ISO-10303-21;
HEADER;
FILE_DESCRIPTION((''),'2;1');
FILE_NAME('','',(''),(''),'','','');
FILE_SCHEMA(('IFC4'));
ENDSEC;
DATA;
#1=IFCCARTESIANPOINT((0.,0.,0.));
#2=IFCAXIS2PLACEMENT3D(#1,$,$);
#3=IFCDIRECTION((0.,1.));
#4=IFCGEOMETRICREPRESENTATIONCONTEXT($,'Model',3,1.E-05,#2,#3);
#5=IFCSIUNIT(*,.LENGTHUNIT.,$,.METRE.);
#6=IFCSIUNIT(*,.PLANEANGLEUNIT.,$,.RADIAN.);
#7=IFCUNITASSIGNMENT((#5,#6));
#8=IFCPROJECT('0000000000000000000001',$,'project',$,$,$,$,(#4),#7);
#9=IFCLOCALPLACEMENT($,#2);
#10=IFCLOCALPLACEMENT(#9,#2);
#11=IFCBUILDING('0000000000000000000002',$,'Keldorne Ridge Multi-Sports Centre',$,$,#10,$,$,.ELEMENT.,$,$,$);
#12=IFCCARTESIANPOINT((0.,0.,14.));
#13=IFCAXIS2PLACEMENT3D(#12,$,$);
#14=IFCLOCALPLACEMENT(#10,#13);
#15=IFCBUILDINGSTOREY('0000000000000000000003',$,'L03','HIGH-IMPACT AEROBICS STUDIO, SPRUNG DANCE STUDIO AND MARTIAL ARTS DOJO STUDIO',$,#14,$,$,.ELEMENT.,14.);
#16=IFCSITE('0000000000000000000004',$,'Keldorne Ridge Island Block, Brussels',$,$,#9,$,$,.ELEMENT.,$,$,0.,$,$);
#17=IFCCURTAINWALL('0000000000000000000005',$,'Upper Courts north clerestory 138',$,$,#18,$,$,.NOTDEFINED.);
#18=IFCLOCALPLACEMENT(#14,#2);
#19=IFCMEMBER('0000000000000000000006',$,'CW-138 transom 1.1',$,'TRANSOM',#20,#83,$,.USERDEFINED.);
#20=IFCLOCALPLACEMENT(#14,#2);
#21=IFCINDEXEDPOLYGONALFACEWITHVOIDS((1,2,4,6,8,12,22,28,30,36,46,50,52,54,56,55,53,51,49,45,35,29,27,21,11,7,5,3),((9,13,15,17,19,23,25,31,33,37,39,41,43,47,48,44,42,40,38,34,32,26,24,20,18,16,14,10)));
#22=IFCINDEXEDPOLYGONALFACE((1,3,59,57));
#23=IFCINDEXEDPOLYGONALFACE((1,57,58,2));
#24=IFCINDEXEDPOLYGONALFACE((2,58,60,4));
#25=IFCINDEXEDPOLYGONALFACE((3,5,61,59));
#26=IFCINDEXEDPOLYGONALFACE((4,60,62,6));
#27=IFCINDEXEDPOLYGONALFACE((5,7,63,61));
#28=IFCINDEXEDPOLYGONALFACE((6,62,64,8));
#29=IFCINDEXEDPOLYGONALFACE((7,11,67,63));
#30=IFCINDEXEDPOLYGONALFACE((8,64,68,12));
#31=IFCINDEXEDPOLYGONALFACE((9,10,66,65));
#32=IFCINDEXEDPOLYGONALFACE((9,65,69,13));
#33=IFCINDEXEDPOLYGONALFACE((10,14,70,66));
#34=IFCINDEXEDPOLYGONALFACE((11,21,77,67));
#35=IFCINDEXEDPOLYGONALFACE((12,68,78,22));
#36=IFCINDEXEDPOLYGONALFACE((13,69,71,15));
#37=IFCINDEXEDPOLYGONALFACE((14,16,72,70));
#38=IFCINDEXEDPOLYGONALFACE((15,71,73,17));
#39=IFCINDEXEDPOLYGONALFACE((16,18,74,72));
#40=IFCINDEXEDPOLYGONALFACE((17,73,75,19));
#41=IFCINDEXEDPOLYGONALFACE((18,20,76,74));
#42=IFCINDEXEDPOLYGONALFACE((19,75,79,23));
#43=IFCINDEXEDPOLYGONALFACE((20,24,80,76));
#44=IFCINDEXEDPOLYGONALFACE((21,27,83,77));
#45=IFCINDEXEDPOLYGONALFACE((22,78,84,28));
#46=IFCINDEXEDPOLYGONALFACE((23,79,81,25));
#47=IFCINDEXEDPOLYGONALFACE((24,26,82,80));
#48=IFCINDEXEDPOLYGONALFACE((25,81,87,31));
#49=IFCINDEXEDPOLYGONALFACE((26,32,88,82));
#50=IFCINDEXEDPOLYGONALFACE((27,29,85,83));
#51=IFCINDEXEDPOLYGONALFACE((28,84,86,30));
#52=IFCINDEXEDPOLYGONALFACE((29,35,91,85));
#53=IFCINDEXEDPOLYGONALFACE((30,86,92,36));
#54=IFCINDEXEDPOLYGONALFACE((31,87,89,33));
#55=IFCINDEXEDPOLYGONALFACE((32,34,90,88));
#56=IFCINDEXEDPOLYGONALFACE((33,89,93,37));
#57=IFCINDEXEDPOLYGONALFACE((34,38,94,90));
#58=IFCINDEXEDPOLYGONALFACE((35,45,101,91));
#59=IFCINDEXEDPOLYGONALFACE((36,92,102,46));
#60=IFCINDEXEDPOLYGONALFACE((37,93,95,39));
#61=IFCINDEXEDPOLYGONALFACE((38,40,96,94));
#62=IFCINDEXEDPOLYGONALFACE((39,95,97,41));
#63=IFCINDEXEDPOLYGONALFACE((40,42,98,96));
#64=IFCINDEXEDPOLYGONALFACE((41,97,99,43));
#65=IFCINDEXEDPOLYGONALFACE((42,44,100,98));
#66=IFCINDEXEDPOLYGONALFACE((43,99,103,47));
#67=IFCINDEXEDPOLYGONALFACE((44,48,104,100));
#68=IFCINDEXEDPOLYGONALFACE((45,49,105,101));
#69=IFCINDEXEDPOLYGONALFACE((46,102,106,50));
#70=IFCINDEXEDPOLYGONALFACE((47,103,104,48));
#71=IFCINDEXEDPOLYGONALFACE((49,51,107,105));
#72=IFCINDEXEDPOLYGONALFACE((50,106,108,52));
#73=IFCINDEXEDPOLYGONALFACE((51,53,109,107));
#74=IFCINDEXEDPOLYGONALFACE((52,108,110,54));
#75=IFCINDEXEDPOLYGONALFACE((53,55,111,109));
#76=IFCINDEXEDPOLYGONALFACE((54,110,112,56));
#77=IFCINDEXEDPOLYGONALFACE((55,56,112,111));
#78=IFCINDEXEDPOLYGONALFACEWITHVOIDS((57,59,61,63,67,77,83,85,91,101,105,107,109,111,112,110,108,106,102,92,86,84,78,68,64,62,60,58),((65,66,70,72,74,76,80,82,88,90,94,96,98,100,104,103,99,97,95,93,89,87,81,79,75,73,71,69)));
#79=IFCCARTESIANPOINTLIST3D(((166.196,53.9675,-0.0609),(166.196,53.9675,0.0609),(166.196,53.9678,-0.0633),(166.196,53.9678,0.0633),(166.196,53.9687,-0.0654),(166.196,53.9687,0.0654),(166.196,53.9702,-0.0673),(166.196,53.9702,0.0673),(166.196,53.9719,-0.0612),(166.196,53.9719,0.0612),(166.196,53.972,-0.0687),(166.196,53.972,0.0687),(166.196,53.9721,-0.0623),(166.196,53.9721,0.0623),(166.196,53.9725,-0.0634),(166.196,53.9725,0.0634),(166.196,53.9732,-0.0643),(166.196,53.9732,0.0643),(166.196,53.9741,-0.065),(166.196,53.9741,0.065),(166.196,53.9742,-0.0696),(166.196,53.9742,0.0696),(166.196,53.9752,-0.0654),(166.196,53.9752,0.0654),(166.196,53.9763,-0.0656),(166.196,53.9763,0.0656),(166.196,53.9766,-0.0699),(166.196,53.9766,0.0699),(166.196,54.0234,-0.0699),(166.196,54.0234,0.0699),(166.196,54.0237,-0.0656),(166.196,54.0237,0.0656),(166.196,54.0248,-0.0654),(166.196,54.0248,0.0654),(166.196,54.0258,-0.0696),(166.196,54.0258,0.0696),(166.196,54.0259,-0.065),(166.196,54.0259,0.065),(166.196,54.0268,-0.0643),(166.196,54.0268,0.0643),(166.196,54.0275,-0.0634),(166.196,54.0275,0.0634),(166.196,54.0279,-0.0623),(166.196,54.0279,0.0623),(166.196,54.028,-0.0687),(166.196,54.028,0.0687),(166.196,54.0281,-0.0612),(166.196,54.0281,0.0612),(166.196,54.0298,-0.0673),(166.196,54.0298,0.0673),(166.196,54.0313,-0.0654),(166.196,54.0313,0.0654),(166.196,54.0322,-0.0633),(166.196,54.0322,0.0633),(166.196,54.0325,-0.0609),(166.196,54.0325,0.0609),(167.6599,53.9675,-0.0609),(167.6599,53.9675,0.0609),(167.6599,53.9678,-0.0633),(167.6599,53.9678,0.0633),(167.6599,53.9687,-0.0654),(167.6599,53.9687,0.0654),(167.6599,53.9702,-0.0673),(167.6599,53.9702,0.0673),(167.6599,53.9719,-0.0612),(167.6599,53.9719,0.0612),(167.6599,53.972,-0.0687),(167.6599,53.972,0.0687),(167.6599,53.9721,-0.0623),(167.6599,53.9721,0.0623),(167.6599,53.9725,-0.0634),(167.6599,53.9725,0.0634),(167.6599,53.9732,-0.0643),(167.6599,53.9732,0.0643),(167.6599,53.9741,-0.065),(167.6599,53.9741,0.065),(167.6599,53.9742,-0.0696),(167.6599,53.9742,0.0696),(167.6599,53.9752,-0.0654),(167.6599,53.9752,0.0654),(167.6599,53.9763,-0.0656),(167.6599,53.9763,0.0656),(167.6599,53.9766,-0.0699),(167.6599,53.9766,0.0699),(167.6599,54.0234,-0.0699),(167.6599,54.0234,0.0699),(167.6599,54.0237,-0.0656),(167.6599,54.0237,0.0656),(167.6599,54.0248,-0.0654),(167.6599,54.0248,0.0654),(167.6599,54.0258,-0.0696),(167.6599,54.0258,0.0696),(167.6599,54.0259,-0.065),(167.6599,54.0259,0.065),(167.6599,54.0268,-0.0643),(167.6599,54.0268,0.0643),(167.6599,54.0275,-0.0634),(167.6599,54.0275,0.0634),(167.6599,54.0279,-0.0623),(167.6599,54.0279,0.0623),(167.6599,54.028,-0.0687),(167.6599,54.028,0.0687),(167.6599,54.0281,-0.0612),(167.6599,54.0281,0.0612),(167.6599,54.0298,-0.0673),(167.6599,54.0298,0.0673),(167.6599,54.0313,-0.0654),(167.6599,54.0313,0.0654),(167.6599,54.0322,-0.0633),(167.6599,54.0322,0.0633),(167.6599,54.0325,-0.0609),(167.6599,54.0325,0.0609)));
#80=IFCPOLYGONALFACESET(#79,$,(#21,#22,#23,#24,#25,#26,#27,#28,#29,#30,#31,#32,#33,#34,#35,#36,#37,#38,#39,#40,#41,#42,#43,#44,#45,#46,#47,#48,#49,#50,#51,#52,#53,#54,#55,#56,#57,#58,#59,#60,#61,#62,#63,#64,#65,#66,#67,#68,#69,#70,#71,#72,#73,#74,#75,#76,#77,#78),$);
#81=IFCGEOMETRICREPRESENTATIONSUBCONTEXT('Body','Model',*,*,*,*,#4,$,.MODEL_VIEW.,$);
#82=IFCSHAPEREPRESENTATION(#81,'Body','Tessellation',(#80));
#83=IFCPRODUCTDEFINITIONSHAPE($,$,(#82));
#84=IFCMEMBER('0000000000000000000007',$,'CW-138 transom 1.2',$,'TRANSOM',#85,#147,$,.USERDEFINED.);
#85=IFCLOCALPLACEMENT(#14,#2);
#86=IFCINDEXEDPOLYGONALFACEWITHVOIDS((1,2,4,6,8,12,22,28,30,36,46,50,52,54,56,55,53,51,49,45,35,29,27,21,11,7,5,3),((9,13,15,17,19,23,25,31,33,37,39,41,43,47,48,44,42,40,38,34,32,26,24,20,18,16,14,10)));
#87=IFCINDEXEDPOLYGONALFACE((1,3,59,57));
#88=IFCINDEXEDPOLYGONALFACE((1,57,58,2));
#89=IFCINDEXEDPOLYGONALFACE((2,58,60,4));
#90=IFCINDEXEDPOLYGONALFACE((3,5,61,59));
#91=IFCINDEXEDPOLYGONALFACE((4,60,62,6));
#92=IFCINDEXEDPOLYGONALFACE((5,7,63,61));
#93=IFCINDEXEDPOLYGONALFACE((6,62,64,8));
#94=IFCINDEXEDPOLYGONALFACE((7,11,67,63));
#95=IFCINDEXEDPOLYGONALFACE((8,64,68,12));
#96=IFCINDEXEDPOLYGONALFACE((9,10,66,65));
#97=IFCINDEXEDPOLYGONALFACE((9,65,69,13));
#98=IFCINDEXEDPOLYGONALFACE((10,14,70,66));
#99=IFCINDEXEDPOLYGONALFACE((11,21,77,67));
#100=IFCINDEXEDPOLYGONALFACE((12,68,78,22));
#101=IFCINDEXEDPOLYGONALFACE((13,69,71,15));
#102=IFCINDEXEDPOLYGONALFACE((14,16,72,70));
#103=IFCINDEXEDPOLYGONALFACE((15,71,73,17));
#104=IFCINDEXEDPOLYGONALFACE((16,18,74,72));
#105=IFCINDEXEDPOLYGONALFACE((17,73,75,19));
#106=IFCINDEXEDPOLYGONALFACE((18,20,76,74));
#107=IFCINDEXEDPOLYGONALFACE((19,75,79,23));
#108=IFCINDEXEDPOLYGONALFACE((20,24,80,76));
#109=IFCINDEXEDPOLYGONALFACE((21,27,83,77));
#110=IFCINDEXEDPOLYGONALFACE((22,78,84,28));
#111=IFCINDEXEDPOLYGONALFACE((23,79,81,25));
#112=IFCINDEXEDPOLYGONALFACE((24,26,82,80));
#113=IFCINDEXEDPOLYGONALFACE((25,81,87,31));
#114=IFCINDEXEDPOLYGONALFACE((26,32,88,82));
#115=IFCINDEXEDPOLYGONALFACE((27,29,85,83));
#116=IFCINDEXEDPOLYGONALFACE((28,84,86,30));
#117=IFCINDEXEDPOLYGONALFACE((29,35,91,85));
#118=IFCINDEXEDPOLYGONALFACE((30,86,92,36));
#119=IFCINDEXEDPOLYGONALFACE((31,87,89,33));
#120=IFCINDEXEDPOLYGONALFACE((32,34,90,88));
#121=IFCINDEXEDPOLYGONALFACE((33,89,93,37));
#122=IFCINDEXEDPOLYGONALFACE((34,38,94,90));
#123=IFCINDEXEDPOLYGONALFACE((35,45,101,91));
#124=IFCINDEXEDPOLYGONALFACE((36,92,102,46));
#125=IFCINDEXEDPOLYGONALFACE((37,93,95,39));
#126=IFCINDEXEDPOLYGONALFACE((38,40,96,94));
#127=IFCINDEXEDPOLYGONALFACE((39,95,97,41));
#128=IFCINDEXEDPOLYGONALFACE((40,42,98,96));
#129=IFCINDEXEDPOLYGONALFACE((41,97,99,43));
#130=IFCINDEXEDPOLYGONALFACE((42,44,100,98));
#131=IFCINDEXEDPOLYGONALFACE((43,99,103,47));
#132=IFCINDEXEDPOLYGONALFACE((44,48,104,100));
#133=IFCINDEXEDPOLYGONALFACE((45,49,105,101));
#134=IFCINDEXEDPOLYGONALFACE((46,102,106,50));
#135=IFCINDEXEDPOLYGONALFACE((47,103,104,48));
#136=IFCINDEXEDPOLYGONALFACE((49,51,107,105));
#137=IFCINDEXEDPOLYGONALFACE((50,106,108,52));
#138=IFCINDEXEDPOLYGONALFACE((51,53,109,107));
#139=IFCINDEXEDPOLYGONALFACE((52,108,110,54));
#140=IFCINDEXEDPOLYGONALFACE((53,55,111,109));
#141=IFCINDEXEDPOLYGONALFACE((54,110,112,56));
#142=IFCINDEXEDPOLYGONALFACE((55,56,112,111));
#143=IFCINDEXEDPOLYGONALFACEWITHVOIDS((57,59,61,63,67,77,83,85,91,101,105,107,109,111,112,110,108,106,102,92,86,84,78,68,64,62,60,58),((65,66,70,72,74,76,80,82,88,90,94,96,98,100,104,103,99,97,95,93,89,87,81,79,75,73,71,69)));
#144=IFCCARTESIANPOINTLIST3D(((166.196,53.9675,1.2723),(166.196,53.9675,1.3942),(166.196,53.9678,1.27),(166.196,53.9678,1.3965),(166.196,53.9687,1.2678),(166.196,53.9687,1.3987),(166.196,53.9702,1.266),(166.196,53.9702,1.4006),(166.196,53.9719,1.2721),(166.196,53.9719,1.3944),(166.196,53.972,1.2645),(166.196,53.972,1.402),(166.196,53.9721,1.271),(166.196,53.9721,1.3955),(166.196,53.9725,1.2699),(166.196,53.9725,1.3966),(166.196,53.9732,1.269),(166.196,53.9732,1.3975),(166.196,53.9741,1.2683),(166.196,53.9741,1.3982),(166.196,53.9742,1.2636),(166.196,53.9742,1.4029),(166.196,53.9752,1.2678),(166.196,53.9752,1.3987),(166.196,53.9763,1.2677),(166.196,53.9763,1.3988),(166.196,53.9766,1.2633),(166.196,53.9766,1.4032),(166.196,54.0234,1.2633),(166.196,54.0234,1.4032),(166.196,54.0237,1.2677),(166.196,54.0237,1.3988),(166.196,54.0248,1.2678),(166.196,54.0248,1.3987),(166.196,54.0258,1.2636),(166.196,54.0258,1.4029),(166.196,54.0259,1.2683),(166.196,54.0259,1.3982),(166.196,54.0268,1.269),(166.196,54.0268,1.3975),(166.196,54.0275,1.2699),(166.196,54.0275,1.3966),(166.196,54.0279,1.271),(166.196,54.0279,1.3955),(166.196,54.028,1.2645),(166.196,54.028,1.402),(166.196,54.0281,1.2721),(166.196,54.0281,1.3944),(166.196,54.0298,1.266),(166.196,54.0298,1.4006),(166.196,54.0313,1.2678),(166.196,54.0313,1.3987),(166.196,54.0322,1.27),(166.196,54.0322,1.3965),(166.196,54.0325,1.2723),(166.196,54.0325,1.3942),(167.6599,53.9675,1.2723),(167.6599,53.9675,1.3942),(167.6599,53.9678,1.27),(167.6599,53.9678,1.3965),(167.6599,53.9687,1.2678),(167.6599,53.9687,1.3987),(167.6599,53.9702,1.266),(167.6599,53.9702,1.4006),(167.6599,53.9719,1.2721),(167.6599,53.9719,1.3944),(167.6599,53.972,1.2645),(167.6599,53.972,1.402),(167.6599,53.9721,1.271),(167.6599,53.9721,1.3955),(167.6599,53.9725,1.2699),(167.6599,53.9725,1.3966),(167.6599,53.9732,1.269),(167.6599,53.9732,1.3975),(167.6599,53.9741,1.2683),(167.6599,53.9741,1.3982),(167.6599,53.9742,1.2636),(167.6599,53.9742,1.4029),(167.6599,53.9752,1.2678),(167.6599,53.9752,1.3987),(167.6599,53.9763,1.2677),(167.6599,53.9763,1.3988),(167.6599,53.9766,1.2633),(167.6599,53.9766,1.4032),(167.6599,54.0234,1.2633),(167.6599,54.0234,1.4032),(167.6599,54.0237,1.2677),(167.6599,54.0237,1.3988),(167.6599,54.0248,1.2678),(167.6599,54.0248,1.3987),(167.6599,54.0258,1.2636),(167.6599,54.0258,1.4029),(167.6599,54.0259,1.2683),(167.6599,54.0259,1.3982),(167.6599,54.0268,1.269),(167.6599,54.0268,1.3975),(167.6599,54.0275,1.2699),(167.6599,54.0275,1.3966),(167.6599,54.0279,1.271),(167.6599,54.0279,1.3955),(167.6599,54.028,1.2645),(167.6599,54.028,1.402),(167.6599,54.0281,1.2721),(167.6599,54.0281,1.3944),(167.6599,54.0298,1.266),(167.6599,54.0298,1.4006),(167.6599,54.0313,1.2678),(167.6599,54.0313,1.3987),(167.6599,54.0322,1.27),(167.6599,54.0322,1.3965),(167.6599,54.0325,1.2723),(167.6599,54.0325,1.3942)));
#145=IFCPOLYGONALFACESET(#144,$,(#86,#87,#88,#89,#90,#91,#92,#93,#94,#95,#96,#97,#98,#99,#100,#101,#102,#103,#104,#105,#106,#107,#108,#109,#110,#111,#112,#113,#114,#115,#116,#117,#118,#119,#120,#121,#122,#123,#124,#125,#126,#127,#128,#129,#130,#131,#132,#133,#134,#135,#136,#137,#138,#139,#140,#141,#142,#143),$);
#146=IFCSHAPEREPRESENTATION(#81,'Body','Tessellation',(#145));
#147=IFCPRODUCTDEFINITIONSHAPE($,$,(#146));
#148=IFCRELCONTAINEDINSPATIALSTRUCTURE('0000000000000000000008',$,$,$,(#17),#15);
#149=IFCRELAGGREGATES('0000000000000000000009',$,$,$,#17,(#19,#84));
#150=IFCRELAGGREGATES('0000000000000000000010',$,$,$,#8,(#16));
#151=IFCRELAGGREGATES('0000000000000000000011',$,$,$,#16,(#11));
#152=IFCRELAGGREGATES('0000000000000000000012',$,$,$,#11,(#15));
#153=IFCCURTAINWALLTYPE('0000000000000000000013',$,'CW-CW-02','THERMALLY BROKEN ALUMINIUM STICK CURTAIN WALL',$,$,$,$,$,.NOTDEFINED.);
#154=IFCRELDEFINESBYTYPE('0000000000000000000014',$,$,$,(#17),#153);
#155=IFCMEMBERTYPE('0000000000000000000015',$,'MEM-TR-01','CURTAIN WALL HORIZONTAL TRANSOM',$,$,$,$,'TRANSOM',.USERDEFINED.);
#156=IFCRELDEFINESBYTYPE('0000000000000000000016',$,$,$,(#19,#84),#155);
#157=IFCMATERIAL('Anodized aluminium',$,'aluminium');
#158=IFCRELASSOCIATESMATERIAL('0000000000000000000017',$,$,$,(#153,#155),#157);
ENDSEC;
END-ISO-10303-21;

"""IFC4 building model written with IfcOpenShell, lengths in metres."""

from ifc_helpers import new_model, si_unit, direction, frame, origin, origin_2d, place, context, subcontext, project, spatial, hollow_rectangle, extrude, material, material_profile, profile_set, type_object, element, aggregate, save


model = new_model("IFC4")

# Units and contexts
model_context = context("Model", 3, precision=1e-05, world=origin(), true_north=direction((0.0, 1.0)))
body_context = subcontext(model_context, "Body", "Model", "MODEL_VIEW")
ifc_project = project(units=[si_unit("LENGTHUNIT", "METRE"), si_unit("PLANEANGLEUNIT", "RADIAN")], contexts=[model_context])

# Site, building, storey
site_placement = place(None, origin())
site = spatial("IfcSite", under=ifc_project, at=site_placement, Name="Keldorne Ridge Island Block, Brussels", CompositionType="ELEMENT", RefElevation=0.0)
building_placement = place(site_placement, origin())
building = spatial("IfcBuilding", under=site, at=building_placement, Name="Keldorne Ridge Multi-Sports Centre", CompositionType="ELEMENT")
storey_placement = place(building_placement, frame((0.0, 0.0, 14.0)))
storey = spatial("IfcBuildingStorey", under=building, at=storey_placement, Name="L03", Description="HIGH-IMPACT AEROBICS STUDIO, SPRUNG DANCE STUDIO AND MARTIAL ARTS DOJO STUDIO", CompositionType="ELEMENT", Elevation=14.0)

# Curtain wall, members
ifc_material_1 = material(Name="Anodized aluminium", Category="aluminium")
curtain_wall_type = type_object("IfcCurtainWallType", Name="CW-CW-02", Description="THERMALLY BROKEN ALUMINIUM STICK CURTAIN WALL", PredefinedType="NOTDEFINED", material=ifc_material_1)
curtain_wall_placement = place(storey_placement, origin())
curtain_wall = element("IfcCurtainWall", 1, at=curtain_wall_placement, inside=storey, type_object=curtain_wall_type, Name="Upper Courts north clerestory 138", PredefinedType="NOTDEFINED")
ifc_material_profile_1 = material_profile(ifc_material_1, hollow_rectangle(XDim=0.0649, YDim=0.1399, WallThickness=0.0044, InnerFilletRadius=0.0044, OuterFilletRadius=0.009, at=origin_2d()), Name="ALU TRANSOM 140x65x4.5")
ifc_profile_set_1 = profile_set([ifc_material_profile_1], Name="Anodized aluminium")
member_type_1 = type_object("IfcMemberType", Name="MEM-TR-01", Description="CURTAIN WALL HORIZONTAL TRANSOM", ElementType="TRANSOM", PredefinedType="USERDEFINED", material=ifc_profile_set_1)
member_1_placement = place(storey_placement, frame((167.6599, 54.0, 0.0), z_axis=(-1.0, 0.0, 0.0), x_axis=(0.0, -1.0, 0.0)))
member_1 = element("IfcMember", 2, at=member_1_placement, type_object=member_type_1, Name="CW-138 transom 1.1", ObjectType="TRANSOM", PredefinedType="USERDEFINED", context=body_context, shape_type="SweptSolid", body=[
    extrude(hollow_rectangle(XDim=0.0649, YDim=0.1399, WallThickness=0.0044, InnerFilletRadius=0.0044, OuterFilletRadius=0.009, at=origin_2d()), origin(), (0.0, 0.0, 1.0), 1.4639),
])
member_2_placement = place(storey_placement, frame((167.6599, 54.0, 1.3333), z_axis=(-1.0, 0.0, 0.0), x_axis=(0.0, -1.0, 0.0)))
member_2 = element("IfcMember", 3, at=member_2_placement, type_object=member_type_1, Name="CW-138 transom 1.2", ObjectType="TRANSOM", PredefinedType="USERDEFINED", context=body_context, shape_type="SweptSolid", body=[
    extrude(hollow_rectangle(XDim=0.0649, YDim=0.1399, WallThickness=0.0044, InnerFilletRadius=0.0044, OuterFilletRadius=0.009, at=origin_2d()), origin(), (0.0, 0.0, 1.0), 1.4639),
])

aggregate(curtain_wall, [member_1, member_2])

save(model, "model.ifc")
